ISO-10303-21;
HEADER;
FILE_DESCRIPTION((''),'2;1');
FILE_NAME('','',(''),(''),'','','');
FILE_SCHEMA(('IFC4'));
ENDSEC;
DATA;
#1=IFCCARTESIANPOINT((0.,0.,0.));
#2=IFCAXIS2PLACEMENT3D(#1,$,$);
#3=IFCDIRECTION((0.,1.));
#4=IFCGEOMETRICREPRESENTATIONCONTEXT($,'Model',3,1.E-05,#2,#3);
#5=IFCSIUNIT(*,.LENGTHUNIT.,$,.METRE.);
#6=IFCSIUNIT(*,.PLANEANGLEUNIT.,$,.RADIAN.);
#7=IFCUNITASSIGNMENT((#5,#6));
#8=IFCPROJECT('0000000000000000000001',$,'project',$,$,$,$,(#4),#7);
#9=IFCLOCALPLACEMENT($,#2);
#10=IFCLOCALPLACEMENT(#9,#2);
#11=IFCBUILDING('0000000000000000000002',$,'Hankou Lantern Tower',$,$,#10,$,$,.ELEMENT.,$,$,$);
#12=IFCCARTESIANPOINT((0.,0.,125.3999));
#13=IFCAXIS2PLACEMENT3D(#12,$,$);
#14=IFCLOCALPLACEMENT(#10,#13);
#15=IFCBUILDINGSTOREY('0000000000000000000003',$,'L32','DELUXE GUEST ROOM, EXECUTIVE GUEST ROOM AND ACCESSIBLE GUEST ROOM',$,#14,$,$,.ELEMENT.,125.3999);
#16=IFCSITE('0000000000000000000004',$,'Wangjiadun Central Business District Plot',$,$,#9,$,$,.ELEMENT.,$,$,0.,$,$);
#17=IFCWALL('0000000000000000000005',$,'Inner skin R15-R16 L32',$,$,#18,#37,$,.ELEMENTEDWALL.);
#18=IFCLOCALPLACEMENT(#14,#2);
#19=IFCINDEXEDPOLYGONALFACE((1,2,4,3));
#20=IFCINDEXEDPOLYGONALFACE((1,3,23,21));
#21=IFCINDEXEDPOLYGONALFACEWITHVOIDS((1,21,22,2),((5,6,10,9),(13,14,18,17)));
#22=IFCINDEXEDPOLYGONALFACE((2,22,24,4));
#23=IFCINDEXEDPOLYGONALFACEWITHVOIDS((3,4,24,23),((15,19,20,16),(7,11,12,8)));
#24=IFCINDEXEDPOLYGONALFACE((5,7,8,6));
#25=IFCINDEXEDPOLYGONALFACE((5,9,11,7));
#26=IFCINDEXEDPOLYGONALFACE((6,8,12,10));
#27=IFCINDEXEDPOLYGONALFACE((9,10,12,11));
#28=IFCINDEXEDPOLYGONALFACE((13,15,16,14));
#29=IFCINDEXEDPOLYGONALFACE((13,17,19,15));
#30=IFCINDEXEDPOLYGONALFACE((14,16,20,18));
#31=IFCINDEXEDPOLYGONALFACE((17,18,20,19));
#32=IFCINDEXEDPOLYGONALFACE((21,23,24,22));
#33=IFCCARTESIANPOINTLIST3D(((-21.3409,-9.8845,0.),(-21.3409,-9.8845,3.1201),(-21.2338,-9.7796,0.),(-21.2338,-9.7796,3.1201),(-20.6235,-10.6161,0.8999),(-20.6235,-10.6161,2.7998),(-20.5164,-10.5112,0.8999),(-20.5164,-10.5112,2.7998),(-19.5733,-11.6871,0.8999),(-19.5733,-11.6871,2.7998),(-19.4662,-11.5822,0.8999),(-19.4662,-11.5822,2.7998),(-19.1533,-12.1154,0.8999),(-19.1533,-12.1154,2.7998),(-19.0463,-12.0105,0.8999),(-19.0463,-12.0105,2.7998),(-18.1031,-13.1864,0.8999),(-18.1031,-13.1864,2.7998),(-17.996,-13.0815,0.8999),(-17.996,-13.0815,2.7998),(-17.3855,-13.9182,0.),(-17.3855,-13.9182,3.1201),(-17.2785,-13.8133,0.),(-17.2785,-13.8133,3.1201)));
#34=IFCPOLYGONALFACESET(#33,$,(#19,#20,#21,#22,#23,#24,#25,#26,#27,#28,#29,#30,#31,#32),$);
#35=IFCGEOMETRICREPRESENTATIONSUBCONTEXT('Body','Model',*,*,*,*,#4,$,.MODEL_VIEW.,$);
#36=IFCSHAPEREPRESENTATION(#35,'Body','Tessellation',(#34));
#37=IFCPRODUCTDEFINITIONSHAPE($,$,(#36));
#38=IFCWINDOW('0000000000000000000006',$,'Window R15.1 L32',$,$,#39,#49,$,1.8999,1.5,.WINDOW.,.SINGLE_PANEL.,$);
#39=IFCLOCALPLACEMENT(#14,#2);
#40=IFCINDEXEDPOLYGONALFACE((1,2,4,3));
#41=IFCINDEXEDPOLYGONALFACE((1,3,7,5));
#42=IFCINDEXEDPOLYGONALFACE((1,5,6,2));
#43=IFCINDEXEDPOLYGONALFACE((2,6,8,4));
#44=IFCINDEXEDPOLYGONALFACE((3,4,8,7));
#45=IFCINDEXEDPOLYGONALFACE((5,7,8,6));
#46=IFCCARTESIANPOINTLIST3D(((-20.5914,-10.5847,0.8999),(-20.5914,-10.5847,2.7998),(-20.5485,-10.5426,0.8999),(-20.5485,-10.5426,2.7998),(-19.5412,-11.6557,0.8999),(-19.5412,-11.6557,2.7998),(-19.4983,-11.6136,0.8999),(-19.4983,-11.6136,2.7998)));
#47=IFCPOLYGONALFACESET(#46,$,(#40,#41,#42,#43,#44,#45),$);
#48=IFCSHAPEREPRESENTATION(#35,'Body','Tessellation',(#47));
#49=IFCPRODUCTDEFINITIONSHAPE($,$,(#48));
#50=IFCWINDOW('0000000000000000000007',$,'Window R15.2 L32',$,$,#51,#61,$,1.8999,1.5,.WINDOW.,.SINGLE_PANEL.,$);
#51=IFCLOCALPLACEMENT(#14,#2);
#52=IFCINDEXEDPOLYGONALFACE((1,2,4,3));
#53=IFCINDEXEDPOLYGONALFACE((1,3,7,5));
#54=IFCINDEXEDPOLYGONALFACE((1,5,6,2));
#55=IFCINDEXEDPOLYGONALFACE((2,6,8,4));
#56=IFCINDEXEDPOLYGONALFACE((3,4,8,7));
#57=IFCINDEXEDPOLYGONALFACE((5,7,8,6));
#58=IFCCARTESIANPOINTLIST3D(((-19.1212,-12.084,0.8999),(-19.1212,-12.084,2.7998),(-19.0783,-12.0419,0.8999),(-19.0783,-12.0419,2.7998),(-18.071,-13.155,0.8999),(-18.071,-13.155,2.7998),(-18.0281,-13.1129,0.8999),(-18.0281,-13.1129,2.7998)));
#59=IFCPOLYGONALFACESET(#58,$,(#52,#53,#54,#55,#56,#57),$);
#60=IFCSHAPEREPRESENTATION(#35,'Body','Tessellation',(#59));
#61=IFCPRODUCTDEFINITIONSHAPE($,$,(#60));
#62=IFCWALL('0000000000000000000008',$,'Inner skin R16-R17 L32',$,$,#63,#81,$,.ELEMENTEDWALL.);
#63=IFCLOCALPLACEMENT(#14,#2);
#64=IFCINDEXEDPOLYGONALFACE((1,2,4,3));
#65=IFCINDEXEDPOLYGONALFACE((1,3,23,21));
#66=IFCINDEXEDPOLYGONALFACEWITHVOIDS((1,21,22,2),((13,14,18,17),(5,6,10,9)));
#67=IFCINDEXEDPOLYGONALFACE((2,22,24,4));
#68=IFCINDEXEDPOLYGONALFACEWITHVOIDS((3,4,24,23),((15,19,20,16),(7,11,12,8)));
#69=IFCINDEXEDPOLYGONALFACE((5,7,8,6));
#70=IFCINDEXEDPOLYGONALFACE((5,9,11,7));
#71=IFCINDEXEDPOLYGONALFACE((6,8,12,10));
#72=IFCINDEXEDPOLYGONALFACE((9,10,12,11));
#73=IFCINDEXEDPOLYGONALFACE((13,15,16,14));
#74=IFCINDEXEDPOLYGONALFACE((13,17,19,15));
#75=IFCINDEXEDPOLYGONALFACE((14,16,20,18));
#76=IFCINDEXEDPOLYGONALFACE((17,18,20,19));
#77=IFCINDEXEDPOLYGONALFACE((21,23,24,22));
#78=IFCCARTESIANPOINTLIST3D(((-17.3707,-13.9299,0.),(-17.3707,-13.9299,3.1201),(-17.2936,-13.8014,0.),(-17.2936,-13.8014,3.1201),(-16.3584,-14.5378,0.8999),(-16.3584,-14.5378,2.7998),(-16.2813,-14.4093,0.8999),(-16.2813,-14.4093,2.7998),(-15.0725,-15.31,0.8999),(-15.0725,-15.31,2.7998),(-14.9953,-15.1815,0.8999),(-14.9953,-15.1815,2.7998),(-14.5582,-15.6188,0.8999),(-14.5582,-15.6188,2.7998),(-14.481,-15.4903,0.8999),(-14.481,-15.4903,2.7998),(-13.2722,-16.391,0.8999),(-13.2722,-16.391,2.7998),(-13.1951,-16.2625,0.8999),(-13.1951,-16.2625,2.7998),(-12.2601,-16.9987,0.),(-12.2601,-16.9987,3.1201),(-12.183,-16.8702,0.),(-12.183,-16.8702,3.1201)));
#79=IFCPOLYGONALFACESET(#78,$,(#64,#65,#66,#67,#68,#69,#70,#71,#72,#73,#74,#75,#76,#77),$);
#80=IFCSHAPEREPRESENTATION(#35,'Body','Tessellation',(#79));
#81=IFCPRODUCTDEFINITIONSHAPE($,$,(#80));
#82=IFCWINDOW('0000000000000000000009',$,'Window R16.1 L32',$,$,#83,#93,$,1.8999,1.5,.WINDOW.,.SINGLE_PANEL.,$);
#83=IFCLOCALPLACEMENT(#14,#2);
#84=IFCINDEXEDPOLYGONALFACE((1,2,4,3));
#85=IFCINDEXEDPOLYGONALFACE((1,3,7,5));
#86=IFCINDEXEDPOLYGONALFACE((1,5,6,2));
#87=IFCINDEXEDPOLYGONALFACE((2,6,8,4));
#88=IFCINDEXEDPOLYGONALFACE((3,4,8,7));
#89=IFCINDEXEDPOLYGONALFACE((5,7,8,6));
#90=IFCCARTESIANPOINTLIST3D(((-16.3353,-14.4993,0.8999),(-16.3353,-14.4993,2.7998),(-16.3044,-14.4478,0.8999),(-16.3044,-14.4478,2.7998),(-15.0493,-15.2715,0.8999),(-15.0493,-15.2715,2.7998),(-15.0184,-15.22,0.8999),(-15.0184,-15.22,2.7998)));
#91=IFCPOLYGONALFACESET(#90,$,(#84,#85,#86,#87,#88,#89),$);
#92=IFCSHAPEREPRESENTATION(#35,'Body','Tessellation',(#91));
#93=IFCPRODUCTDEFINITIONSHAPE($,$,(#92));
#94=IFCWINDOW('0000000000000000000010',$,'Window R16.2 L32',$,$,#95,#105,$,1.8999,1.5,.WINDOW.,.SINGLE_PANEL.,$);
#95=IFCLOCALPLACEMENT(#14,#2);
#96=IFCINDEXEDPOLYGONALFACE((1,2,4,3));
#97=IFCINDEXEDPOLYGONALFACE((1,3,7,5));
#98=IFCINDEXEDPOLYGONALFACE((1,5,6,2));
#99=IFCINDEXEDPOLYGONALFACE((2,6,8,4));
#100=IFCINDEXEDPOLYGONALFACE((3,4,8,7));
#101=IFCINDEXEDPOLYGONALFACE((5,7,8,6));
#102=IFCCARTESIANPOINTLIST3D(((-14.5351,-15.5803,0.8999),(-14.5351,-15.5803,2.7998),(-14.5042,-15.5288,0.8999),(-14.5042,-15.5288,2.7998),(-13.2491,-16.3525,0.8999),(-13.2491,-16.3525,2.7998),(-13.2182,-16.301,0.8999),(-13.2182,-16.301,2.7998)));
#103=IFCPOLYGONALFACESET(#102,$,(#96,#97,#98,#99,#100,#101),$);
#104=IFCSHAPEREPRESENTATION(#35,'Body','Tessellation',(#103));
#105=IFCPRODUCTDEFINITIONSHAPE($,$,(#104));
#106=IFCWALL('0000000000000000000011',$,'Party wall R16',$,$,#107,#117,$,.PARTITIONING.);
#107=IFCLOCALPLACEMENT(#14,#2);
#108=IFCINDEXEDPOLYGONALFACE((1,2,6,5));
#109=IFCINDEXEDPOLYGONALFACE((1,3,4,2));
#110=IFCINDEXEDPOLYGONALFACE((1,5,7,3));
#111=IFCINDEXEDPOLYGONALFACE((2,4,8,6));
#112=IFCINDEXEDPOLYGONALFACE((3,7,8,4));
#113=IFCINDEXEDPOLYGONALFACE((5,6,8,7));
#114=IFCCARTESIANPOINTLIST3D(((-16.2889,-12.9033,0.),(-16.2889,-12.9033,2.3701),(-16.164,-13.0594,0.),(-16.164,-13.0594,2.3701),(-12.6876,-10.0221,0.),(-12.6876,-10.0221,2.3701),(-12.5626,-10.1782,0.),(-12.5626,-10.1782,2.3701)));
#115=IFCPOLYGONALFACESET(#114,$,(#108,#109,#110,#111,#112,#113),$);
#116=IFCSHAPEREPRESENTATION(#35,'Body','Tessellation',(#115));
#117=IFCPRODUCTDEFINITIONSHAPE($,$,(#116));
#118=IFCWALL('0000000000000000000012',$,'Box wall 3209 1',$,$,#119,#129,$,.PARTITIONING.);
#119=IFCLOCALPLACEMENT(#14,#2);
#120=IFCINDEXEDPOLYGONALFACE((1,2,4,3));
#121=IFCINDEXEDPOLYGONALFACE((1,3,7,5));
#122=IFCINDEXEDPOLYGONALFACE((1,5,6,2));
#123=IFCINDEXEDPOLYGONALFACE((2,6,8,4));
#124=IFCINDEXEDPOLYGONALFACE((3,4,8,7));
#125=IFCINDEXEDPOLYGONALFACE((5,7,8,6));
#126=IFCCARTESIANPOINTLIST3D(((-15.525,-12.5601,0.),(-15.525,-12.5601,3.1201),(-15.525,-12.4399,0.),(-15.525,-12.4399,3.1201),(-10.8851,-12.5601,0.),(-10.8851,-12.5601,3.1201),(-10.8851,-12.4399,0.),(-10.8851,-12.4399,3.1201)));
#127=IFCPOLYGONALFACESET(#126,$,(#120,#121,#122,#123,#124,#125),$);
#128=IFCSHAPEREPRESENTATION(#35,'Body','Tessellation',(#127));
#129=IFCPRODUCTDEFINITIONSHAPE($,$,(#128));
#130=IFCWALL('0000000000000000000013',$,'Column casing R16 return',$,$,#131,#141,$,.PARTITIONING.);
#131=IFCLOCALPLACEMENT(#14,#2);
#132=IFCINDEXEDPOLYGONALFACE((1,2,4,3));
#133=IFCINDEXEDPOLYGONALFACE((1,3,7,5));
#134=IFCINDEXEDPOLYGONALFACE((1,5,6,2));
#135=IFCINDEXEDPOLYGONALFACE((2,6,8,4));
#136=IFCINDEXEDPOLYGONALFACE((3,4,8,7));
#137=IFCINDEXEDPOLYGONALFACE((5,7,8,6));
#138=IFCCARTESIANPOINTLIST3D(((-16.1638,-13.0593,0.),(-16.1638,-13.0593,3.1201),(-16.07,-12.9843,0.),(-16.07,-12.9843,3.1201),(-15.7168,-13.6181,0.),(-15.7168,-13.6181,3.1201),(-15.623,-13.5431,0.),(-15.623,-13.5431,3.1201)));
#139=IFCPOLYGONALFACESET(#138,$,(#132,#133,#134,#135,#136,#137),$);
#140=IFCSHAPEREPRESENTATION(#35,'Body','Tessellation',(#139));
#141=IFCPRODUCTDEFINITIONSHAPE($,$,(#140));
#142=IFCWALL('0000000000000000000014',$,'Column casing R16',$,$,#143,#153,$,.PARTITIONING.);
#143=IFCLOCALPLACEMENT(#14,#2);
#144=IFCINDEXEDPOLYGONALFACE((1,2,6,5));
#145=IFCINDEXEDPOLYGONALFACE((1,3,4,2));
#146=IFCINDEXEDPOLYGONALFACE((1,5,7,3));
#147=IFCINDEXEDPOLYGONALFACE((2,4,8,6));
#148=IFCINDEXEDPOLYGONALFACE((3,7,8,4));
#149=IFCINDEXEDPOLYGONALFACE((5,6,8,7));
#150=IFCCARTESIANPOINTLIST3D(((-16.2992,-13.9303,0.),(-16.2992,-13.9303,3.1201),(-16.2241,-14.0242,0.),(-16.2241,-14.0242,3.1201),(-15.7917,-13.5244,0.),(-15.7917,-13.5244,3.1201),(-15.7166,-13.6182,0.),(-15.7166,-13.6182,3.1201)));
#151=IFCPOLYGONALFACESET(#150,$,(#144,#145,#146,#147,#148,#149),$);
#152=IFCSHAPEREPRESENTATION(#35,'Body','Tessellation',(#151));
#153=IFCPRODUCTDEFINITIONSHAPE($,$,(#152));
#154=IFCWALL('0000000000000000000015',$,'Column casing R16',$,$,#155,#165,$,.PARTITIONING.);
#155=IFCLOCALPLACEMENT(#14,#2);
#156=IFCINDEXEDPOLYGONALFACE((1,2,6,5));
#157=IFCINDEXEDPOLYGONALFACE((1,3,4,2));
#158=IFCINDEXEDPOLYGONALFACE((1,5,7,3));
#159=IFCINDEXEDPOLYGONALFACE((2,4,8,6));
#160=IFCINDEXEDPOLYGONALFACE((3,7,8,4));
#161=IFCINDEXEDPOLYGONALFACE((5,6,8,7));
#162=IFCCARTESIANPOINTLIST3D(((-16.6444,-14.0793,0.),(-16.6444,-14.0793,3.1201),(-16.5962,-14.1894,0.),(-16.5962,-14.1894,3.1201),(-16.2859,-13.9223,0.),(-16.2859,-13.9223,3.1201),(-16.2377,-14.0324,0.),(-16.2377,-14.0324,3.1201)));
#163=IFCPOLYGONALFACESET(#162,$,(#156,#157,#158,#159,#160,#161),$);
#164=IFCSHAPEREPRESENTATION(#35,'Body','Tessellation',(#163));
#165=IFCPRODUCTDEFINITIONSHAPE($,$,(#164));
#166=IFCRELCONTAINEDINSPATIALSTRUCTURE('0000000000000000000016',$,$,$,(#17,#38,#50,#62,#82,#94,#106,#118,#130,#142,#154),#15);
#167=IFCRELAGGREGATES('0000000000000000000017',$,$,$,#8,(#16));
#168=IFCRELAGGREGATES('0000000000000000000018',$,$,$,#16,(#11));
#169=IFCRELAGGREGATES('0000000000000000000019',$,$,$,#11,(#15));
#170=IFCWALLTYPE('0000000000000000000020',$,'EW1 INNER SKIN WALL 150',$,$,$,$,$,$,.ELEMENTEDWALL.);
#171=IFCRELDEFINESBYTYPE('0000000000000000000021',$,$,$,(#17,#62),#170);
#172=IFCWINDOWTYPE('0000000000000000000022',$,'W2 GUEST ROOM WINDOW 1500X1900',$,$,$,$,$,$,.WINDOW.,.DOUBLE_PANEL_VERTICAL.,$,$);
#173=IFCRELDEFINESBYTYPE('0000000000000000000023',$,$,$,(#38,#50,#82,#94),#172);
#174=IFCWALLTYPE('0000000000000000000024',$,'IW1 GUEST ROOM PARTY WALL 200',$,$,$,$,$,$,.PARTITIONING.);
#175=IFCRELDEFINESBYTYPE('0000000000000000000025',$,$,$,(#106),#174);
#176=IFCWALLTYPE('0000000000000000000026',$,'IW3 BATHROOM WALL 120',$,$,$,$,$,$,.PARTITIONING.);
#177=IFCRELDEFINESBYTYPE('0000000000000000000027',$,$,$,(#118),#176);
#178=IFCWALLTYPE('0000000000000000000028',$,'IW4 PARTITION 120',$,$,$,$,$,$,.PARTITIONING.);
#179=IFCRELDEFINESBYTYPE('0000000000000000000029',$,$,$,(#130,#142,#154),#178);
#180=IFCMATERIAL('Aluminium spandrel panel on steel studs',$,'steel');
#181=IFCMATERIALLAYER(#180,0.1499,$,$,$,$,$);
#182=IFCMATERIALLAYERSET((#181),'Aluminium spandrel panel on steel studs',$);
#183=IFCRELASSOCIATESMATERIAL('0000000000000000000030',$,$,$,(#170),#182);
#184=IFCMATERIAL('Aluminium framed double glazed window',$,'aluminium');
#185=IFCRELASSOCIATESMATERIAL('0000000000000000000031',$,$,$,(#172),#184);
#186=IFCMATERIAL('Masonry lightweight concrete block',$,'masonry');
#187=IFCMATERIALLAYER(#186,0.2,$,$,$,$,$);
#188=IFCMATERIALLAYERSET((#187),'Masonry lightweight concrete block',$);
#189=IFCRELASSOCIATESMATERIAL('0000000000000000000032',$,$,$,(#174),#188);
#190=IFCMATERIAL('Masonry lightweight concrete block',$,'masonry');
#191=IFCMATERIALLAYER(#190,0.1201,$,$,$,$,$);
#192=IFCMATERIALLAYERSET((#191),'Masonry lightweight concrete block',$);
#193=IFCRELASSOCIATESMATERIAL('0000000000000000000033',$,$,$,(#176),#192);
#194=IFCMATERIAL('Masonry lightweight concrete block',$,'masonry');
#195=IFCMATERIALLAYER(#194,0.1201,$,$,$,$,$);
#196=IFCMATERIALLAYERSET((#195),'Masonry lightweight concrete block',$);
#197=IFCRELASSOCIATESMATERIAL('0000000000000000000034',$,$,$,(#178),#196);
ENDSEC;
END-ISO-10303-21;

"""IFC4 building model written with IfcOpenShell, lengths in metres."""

from ifc_helpers import new_model, si_unit, direction, frame, frame_2d, origin, place, context, subcontext, project, spatial, rectangle, extrude, material, layer, layer_set, type_object, element, fill, save


model = new_model("IFC4")

# Units and contexts
model_context = context("Model", 3, precision=1e-05, world=origin(), true_north=direction((0.0, 1.0)))
body_context = subcontext(model_context, "Body", "Model", "MODEL_VIEW")
ifc_project = project(units=[si_unit("LENGTHUNIT", "METRE"), si_unit("PLANEANGLEUNIT", "RADIAN")], contexts=[model_context])

# Site, building, storey
site_placement = place(None, origin())
site = spatial("IfcSite", under=ifc_project, at=site_placement, Name="Wangjiadun Central Business District Plot", CompositionType="ELEMENT", RefElevation=0.0)
building_placement = place(site_placement, origin())
building = spatial("IfcBuilding", under=site, at=building_placement, Name="Hankou Lantern Tower", CompositionType="ELEMENT")
storey_placement = place(building_placement, frame((0.0, 0.0, 125.3999)))
storey = spatial("IfcBuildingStorey", under=building, at=storey_placement, Name="L32", Description="DELUXE GUEST ROOM, EXECUTIVE GUEST ROOM AND ACCESSIBLE GUEST ROOM", CompositionType="ELEMENT", Elevation=125.3999)

# Walls, openings, windows
ifc_material_1 = material(Name="Aluminium spandrel panel on steel studs", Category="steel")
ifc_layer_1 = layer(ifc_material_1, 0.1499)
ifc_layer_set_1 = layer_set([ifc_layer_1], Name="Aluminium spandrel panel on steel studs")
wall_type_1 = type_object("IfcWallType", Name="EW1 INNER SKIN WALL 150", PredefinedType="ELEMENTEDWALL", material=ifc_layer_set_1)
wall_1_placement = place(storey_placement, frame((-21.2874, -9.832, 0.0), z_axis=(0.0, 0.0, 1.0), x_axis=(0.700137, -0.714009, 0.0)))
wall_1 = element("IfcWall", 1, at=wall_1_placement, inside=storey, type_object=wall_type_1, Name="Inner skin R15-R16 L32", PredefinedType="ELEMENTEDWALL", context=body_context, shape_type="SweptSolid", body=[
    extrude(rectangle(XDim=5.6494, YDim=0.1499, at=frame_2d((2.8247, 0.0))), origin(), (0.0, 0.0, 1.0), 3.1201),
])
opening_1_placement = place(wall_1_placement, frame((1.0247, 0.0, 0.8999)))
opening_1 = element("IfcOpeningElement", 2, at=opening_1_placement, cuts=wall_1, PredefinedType="OPENING", context=body_context, shape_type="SweptSolid", body=[
    extrude(rectangle(XDim=1.5, YDim=1.8999, at=frame_2d((0.75, 0.95))), frame((0.0, 0.085, 0.0), z_axis=(0.0, -1.0, 0.0), x_axis=(1.0, 0.0, 0.0)), (0.0, 0.0, 1.0), 0.1699),
])
opening_2_placement = place(wall_1_placement, frame((3.1245, 0.0, 0.8999)))
opening_2 = element("IfcOpeningElement", 3, at=opening_2_placement, cuts=wall_1, PredefinedType="OPENING", context=body_context, shape_type="SweptSolid", body=[
    extrude(rectangle(XDim=1.5, YDim=1.8999, at=frame_2d((0.75, 0.95))), frame((0.0, 0.085, 0.0), z_axis=(0.0, -1.0, 0.0), x_axis=(1.0, 0.0, 0.0)), (0.0, 0.0, 1.0), 0.1699),
])
ifc_material_2 = material(Name="Aluminium framed double glazed window", Category="aluminium")
window_type = type_object("IfcWindowType", Name="W2 GUEST ROOM WINDOW 1500X1900", PartitioningType="DOUBLE_PANEL_VERTICAL", PredefinedType="WINDOW", material=ifc_material_2)
window_1_placement = place(opening_1_placement, origin())
window_1 = element("IfcWindow", 4, at=window_1_placement, inside=storey, type_object=window_type, Name="Window R15.1 L32", OverallHeight=1.8999, OverallWidth=1.5, PartitioningType="SINGLE_PANEL", PredefinedType="WINDOW", context=body_context, shape_type="SweptSolid", body=[
    extrude(rectangle(XDim=1.5, YDim=1.8999, at=frame_2d((0.75, 0.95))), frame((0.0, 0.03, 0.0), z_axis=(0.0, -1.0, 0.0), x_axis=(1.0, 0.0, 0.0)), (0.0, 0.0, 1.0), 0.0601),
])
fill(opening_1, window_1)
window_2_placement = place(opening_2_placement, origin())
window_2 = element("IfcWindow", 5, at=window_2_placement, inside=storey, type_object=window_type, Name="Window R15.2 L32", OverallHeight=1.8999, OverallWidth=1.5, PartitioningType="SINGLE_PANEL", PredefinedType="WINDOW", context=body_context, shape_type="SweptSolid", body=[
    extrude(rectangle(XDim=1.5, YDim=1.8999, at=frame_2d((0.75, 0.95))), frame((0.0, 0.03, 0.0), z_axis=(0.0, -1.0, 0.0), x_axis=(1.0, 0.0, 0.0)), (0.0, 0.0, 1.0), 0.0601),
])
fill(opening_2, window_2)
wall_2_placement = place(storey_placement, frame((-17.332, -13.8657, 0.0), z_axis=(0.0, 0.0, 1.0), x_axis=(0.857309, -0.514803, 0.0)))
wall_2 = element("IfcWall", 6, at=wall_2_placement, inside=storey, type_object=wall_type_1, Name="Inner skin R16-R17 L32", PredefinedType="ELEMENTEDWALL", context=body_context, shape_type="SweptSolid", body=[
    extrude(rectangle(XDim=5.9612, YDim=0.1499, at=frame_2d((2.9805, 0.0))), origin(), (0.0, 0.0, 1.0), 3.1201),
])
opening_3_placement = place(wall_2_placement, frame((1.1807, 0.0, 0.8999)))
opening_3 = element("IfcOpeningElement", 7, at=opening_3_placement, cuts=wall_2, PredefinedType="OPENING", context=body_context, shape_type="SweptSolid", body=[
    extrude(rectangle(XDim=1.5, YDim=1.8999, at=frame_2d((0.75, 0.95))), frame((0.0, 0.085, 0.0), z_axis=(0.0, -1.0, 0.0), x_axis=(1.0, 0.0, 0.0)), (0.0, 0.0, 1.0), 0.1699),
])
opening_4_placement = place(wall_2_placement, frame((3.2805, 0.0, 0.8999)))
opening_4 = element("IfcOpeningElement", 8, at=opening_4_placement, cuts=wall_2, PredefinedType="OPENING", context=body_context, shape_type="SweptSolid", body=[
    extrude(rectangle(XDim=1.5, YDim=1.8999, at=frame_2d((0.75, 0.95))), frame((0.0, 0.085, 0.0), z_axis=(0.0, -1.0, 0.0), x_axis=(1.0, 0.0, 0.0)), (0.0, 0.0, 1.0), 0.1699),
])
window_3_placement = place(opening_3_placement, origin())
window_3 = element("IfcWindow", 9, at=window_3_placement, inside=storey, type_object=window_type, Name="Window R16.1 L32", OverallHeight=1.8999, OverallWidth=1.5, PartitioningType="SINGLE_PANEL", PredefinedType="WINDOW", context=body_context, shape_type="SweptSolid", body=[
    extrude(rectangle(XDim=1.5, YDim=1.8999, at=frame_2d((0.75, 0.95))), frame((0.0, 0.03, 0.0), z_axis=(0.0, -1.0, 0.0), x_axis=(1.0, 0.0, 0.0)), (0.0, 0.0, 1.0), 0.0601),
])
fill(opening_3, window_3)
window_4_placement = place(opening_4_placement, origin())
window_4 = element("IfcWindow", 10, at=window_4_placement, inside=storey, type_object=window_type, Name="Window R16.2 L32", OverallHeight=1.8999, OverallWidth=1.5, PartitioningType="SINGLE_PANEL", PredefinedType="WINDOW", context=body_context, shape_type="SweptSolid", body=[
    extrude(rectangle(XDim=1.5, YDim=1.8999, at=frame_2d((0.75, 0.95))), frame((0.0, 0.03, 0.0), z_axis=(0.0, -1.0, 0.0), x_axis=(1.0, 0.0, 0.0)), (0.0, 0.0, 1.0), 0.0601),
])
fill(opening_4, window_4)

# Walls
ifc_material_3 = material(Name="Masonry lightweight concrete block", Category="masonry")
ifc_layer_2 = layer(ifc_material_3, 0.2)
ifc_layer_set_2 = layer_set([ifc_layer_2], Name="Masonry lightweight concrete block")
wall_type_2 = type_object("IfcWallType", Name="IW1 GUEST ROOM PARTY WALL 200", PredefinedType="PARTITIONING", material=ifc_layer_set_2)
wall_3_placement = place(storey_placement, frame((-12.625, -10.1001, 0.0), z_axis=(0.0, 0.0, 1.0), x_axis=(-0.780864, -0.624702, 0.0)))
element("IfcWall", 11, at=wall_3_placement, inside=storey, type_object=wall_type_2, Name="Party wall R16", PredefinedType="PARTITIONING", context=body_context, shape_type="SweptSolid", body=[
    extrude(rectangle(XDim=4.6121, YDim=0.2, at=frame_2d((2.3062, 0.0))), origin(), (0.0, 0.0, 1.0), 2.3701),
])
ifc_material_4 = material(Name="Masonry lightweight concrete block", Category="masonry")
ifc_layer_3 = layer(ifc_material_4, 0.1201)
ifc_layer_set_3 = layer_set([ifc_layer_3], Name="Masonry lightweight concrete block")
wall_type_3 = type_object("IfcWallType", Name="IW3 BATHROOM WALL 120", PredefinedType="PARTITIONING", material=ifc_layer_set_3)
wall_4_placement = place(storey_placement, frame((-15.5249, -12.5, 0.0), z_axis=(0.0, 0.0, 1.0), x_axis=(1.0, 0.0, 0.0)))
element("IfcWall", 12, at=wall_4_placement, inside=storey, type_object=wall_type_3, Name="Box wall 3209 1", PredefinedType="PARTITIONING", context=body_context, shape_type="SweptSolid", body=[
    extrude(rectangle(XDim=4.6399, YDim=0.1201, at=frame_2d((2.3198, 0.0))), origin(), (0.0, 0.0, 1.0), 3.1201),
])
ifc_material_5 = material(Name="Masonry lightweight concrete block", Category="masonry")
ifc_layer_4 = layer(ifc_material_5, 0.1201)
ifc_layer_set_4 = layer_set([ifc_layer_4], Name="Masonry lightweight concrete block")
wall_type_4 = type_object("IfcWallType", Name="IW4 PARTITION 120", PredefinedType="PARTITIONING", material=ifc_layer_set_4)
wall_5_placement = place(storey_placement, frame((-16.1169, -13.0217, 0.0), z_axis=(0.0, 0.0, 1.0), x_axis=(0.624653, -0.780902, 0.0)))
element("IfcWall", 13, at=wall_5_placement, inside=storey, type_object=wall_type_4, Name="Column casing R16 return", PredefinedType="PARTITIONING", context=body_context, shape_type="SweptSolid", body=[
    extrude(rectangle(XDim=0.7156, YDim=0.1201, at=frame_2d((0.3579, 0.0))), origin(), (0.0, 0.0, 1.0), 3.1201),
])
wall_6_placement = place(storey_placement, frame((-15.7542, -13.5713, 0.0), z_axis=(0.0, 0.0, 1.0), x_axis=(-0.780905, -0.624649, 0.0)))
element("IfcWall", 14, at=wall_6_placement, inside=storey, type_object=wall_type_4, Name="Column casing R16", PredefinedType="PARTITIONING", context=body_context, shape_type="SweptSolid", body=[
    extrude(rectangle(XDim=0.6499, YDim=0.1201, at=frame_2d((0.325, 0.0))), origin(), (0.0, 0.0, 1.0), 3.1201),
])
wall_7_placement = place(storey_placement, frame((-16.2617, -13.9773, 0.0), z_axis=(0.0, 0.0, 1.0), x_axis=(-0.915985, -0.401212, 0.0)))
element("IfcWall", 15, at=wall_7_placement, inside=storey, type_object=wall_type_4, Name="Column casing R16", PredefinedType="PARTITIONING", context=body_context, shape_type="SweptSolid", body=[
    extrude(rectangle(XDim=0.3914, YDim=0.1201, at=frame_2d((0.1958, 0.0))), origin(), (0.0, 0.0, 1.0), 3.1201),
])

save(model, "model.ifc")
